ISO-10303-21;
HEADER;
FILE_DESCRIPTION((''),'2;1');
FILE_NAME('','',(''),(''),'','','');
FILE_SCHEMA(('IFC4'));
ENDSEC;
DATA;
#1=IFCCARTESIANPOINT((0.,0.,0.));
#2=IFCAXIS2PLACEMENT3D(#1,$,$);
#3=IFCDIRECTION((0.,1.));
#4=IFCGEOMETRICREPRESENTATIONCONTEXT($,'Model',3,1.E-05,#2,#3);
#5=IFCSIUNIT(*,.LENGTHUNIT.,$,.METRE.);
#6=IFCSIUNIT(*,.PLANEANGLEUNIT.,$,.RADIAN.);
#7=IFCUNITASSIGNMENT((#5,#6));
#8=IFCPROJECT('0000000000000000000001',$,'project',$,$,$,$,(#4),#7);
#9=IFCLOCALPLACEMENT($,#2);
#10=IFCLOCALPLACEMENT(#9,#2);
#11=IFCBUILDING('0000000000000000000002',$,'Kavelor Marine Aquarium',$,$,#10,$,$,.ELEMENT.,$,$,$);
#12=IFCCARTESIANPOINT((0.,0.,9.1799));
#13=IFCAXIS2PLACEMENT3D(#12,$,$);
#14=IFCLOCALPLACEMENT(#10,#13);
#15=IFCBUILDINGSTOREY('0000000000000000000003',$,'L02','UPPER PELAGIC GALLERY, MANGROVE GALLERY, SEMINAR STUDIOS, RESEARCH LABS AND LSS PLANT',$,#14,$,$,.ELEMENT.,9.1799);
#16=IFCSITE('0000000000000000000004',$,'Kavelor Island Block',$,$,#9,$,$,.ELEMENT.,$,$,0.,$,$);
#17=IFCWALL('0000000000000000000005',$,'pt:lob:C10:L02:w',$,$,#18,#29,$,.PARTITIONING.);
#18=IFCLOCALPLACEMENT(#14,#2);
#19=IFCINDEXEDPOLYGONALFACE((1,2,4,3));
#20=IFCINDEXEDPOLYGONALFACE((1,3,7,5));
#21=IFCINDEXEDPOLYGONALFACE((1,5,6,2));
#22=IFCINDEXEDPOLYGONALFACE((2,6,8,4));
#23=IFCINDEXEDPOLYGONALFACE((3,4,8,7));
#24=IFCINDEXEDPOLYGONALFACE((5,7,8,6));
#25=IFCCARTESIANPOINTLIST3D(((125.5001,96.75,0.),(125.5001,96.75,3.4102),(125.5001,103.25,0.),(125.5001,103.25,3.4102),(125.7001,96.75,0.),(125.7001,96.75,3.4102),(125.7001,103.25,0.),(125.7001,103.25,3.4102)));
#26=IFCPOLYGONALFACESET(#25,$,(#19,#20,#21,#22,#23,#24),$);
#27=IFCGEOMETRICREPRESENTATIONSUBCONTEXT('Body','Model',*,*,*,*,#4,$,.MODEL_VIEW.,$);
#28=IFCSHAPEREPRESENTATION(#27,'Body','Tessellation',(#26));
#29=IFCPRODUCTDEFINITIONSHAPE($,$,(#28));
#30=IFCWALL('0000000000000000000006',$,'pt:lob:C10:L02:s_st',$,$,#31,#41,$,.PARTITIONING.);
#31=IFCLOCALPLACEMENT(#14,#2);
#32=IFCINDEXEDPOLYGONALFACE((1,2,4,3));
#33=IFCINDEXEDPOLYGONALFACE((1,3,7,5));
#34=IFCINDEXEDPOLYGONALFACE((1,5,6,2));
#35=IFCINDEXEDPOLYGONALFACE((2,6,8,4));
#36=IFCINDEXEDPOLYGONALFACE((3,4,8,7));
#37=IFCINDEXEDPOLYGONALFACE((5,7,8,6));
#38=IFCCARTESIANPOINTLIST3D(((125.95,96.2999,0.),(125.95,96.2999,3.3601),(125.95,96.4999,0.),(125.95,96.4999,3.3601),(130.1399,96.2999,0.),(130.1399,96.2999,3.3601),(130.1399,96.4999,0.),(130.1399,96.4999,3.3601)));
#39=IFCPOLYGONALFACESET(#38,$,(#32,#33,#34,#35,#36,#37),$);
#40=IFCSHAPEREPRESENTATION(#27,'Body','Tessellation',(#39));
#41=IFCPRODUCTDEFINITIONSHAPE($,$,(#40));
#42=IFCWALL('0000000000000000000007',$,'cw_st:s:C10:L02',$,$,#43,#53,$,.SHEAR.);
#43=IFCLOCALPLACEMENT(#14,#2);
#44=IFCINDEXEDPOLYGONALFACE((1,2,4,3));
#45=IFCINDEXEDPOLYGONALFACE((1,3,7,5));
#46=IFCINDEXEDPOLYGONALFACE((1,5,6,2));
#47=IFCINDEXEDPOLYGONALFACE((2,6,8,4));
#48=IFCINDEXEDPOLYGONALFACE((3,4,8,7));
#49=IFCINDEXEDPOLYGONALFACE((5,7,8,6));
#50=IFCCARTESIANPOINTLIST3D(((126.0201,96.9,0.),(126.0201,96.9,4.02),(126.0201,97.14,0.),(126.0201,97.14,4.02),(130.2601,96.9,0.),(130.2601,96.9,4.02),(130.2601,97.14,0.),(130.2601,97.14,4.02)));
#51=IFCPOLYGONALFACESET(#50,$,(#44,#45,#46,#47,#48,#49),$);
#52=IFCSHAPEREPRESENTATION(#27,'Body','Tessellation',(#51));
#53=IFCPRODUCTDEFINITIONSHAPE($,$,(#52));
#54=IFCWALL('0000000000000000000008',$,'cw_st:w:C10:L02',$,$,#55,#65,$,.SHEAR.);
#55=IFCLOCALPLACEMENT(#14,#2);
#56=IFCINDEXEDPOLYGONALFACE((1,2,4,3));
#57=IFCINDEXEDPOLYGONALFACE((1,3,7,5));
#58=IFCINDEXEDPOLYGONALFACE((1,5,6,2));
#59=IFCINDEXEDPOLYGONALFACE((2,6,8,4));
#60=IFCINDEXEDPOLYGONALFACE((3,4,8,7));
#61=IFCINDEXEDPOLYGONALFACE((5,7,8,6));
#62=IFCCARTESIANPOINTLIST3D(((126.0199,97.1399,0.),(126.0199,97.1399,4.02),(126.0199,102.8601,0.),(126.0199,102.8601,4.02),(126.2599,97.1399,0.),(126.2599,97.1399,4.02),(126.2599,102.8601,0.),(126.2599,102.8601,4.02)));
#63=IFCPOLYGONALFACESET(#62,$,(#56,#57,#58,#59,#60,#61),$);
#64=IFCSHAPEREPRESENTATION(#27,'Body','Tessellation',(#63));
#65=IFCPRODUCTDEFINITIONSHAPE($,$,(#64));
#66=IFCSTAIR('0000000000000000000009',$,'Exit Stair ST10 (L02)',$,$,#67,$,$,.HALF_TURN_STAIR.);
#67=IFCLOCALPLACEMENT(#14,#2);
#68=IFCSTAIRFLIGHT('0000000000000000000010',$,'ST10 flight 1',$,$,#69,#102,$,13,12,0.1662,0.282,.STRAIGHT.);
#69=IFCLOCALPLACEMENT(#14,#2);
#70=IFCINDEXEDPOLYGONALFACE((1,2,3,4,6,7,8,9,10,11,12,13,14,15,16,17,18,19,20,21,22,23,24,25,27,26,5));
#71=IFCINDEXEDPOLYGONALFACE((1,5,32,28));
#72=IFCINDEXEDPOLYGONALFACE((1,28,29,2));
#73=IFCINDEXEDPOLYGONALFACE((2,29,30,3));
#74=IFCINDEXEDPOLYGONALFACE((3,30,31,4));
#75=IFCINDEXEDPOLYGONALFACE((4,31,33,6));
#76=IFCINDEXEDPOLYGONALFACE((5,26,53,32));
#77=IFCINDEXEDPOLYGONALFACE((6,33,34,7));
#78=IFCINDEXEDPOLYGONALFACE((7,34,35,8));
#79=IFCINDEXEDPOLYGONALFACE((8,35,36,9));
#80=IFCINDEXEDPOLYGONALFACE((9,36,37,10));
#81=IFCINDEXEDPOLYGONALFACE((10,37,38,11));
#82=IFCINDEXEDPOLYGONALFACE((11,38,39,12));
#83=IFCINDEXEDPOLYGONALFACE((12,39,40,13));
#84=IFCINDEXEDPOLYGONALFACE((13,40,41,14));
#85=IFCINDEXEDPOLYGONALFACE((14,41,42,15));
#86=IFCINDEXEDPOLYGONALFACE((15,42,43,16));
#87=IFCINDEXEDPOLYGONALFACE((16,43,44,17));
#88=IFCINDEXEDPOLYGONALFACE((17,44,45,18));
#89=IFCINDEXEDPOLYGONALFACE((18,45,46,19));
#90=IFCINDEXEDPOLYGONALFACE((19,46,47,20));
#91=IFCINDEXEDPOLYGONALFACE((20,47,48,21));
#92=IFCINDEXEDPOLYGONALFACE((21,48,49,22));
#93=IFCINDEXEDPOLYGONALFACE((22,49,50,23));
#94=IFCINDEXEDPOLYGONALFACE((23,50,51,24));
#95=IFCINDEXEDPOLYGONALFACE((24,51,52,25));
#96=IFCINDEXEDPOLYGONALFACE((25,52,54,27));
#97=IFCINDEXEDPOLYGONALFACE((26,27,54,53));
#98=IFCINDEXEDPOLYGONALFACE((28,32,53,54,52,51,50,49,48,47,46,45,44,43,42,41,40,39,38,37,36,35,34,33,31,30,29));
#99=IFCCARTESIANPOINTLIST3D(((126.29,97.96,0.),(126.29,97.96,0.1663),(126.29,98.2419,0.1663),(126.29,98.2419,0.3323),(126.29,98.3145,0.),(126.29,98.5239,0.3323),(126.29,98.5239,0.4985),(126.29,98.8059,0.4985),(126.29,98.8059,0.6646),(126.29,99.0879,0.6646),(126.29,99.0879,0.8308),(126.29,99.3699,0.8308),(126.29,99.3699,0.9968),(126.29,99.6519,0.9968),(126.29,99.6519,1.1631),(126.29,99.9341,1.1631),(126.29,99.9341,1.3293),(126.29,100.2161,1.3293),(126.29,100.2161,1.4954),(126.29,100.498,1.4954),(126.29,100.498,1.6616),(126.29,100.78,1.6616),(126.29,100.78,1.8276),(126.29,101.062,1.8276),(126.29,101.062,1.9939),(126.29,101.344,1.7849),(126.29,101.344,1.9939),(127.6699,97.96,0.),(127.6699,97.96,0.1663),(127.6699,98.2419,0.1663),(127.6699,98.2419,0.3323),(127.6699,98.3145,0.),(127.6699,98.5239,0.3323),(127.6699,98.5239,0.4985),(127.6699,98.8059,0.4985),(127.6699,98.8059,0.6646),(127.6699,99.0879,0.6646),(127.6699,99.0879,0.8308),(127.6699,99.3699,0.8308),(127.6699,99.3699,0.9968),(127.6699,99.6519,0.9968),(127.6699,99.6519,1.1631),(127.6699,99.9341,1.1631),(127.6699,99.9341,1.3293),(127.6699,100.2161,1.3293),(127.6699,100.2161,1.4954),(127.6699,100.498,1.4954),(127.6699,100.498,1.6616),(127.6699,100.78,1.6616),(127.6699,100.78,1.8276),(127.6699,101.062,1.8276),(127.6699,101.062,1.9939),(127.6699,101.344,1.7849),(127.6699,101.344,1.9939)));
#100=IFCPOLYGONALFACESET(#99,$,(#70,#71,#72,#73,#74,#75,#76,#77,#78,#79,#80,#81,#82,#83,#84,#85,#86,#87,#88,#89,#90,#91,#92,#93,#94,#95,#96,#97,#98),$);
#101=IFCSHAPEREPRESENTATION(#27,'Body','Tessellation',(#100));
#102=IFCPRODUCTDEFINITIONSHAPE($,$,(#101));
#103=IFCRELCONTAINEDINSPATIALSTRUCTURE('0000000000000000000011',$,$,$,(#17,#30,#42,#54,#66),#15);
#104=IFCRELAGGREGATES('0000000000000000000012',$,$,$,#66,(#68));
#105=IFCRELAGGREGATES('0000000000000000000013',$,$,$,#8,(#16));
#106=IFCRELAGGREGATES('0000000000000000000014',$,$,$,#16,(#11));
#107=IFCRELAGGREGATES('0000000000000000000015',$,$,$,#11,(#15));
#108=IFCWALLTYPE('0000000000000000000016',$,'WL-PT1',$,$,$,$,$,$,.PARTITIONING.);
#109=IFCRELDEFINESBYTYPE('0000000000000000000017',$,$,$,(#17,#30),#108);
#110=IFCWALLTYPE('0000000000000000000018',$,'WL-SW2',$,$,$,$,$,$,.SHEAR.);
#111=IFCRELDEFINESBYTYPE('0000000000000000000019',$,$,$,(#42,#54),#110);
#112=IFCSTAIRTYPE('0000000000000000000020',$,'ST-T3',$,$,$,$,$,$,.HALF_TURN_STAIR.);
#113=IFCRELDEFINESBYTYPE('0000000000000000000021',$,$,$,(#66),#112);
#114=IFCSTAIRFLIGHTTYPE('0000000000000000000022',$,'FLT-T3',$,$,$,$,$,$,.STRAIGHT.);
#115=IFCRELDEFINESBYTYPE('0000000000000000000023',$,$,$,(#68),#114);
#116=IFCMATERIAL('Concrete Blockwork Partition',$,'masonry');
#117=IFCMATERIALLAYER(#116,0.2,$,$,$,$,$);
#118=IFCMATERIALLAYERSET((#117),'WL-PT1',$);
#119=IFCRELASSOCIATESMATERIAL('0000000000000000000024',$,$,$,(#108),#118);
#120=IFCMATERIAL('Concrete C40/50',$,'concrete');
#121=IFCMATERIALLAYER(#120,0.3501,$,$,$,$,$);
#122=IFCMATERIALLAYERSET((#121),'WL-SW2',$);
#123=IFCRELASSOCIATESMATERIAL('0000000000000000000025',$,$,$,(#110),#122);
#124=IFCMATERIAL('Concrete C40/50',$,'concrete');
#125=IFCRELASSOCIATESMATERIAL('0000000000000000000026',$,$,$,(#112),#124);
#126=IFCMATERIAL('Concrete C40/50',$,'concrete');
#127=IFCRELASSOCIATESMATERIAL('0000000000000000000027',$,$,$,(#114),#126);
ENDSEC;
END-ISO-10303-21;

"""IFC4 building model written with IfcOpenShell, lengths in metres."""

from ifc_helpers import new_model, si_unit, direction, frame, frame_2d, origin, place, context, subcontext, project, spatial, polyline, rectangle, outline, extrude, material, layer, layer_set, type_object, element, aggregate, save


model = new_model("IFC4")

# Units and contexts
model_context = context("Model", 3, precision=1e-05, world=origin(), true_north=direction((0.0, 1.0)))
body_context = subcontext(model_context, "Body", "Model", "MODEL_VIEW")
ifc_project = project(units=[si_unit("LENGTHUNIT", "METRE"), si_unit("PLANEANGLEUNIT", "RADIAN")], contexts=[model_context])

# Site, building, storey
site_placement = place(None, origin())
site = spatial("IfcSite", under=ifc_project, at=site_placement, Name="Kavelor Island Block", CompositionType="ELEMENT", RefElevation=0.0)
building_placement = place(site_placement, origin())
building = spatial("IfcBuilding", under=site, at=building_placement, Name="Kavelor Marine Aquarium", CompositionType="ELEMENT")
storey_placement = place(building_placement, frame((0.0, 0.0, 9.1799)))
storey = spatial("IfcBuildingStorey", under=building, at=storey_placement, Name="L02", Description="UPPER PELAGIC GALLERY, MANGROVE GALLERY, SEMINAR STUDIOS, RESEARCH LABS AND LSS PLANT", CompositionType="ELEMENT", Elevation=9.1799)

# Walls
ifc_material_1 = material(Name="Concrete Blockwork Partition", Category="masonry")
ifc_layer_1 = layer(ifc_material_1, 0.2)
ifc_layer_set_1 = layer_set([ifc_layer_1], Name="WL-PT1")
wall_type_1 = type_object("IfcWallType", Name="WL-PT1", PredefinedType="PARTITIONING", material=ifc_layer_set_1)
wall_1_placement = place(storey_placement, frame((125.6001, 96.75, 0.0), z_axis=(0.0, 0.0, 1.0), x_axis=(0.0, 1.0, 0.0)))
element("IfcWall", 1, at=wall_1_placement, inside=storey, type_object=wall_type_1, Name="pt:lob:C10:L02:w", PredefinedType="PARTITIONING", context=body_context, shape_type="SweptSolid", body=[
    extrude(rectangle(XDim=6.5, YDim=0.2, at=frame_2d((3.25, 0.0))), origin(), (0.0, 0.0, 1.0), 3.4102),
])
wall_2_placement = place(storey_placement, frame((125.95, 96.3999, 0.0), z_axis=(0.0, 0.0, 1.0), x_axis=(1.0, 0.0, 0.0)))
element("IfcWall", 2, at=wall_2_placement, inside=storey, type_object=wall_type_1, Name="pt:lob:C10:L02:s_st", PredefinedType="PARTITIONING", context=body_context, shape_type="SweptSolid", body=[
    extrude(rectangle(XDim=4.1899, YDim=0.2, at=frame_2d((2.095, 0.0))), origin(), (0.0, 0.0, 1.0), 3.3601),
])

# Walls
ifc_material_2 = material(Name="Concrete C40/50", Category="concrete")
ifc_layer_2 = layer(ifc_material_2, 0.3501)
ifc_layer_set_2 = layer_set([ifc_layer_2], Name="WL-SW2")
wall_type_2 = type_object("IfcWallType", Name="WL-SW2", PredefinedType="SHEAR", material=ifc_layer_set_2)
wall_3_placement = place(storey_placement, frame((126.02, 97.02, 0.0), z_axis=(0.0, 0.0, 1.0), x_axis=(1.0, 0.0, 0.0)))
element("IfcWall", 3, at=wall_3_placement, inside=storey, type_object=wall_type_2, Name="cw_st:s:C10:L02", PredefinedType="SHEAR", context=body_context, shape_type="SweptSolid", body=[
    extrude(rectangle(XDim=4.24, YDim=0.24, at=frame_2d((2.1201, 0.0))), origin(), (0.0, 0.0, 1.0), 4.02),
])
wall_4_placement = place(storey_placement, frame((126.1399, 97.1399, 0.0), z_axis=(0.0, 0.0, 1.0), x_axis=(0.0, 1.0, 0.0)))
element("IfcWall", 4, at=wall_4_placement, inside=storey, type_object=wall_type_2, Name="cw_st:w:C10:L02", PredefinedType="SHEAR", context=body_context, shape_type="SweptSolid", body=[
    extrude(rectangle(XDim=5.7202, YDim=0.24, at=frame_2d((2.8601, 0.0))), origin(), (0.0, 0.0, 1.0), 4.02),
])

# Stair, stair flight
ifc_material_3 = material(Name="Concrete C40/50", Category="concrete")
stair_type = type_object("IfcStairType", Name="ST-T3", PredefinedType="HALF_TURN_STAIR", material=ifc_material_3)
stair_placement = place(storey_placement, origin())
stair = element("IfcStair", 5, at=stair_placement, inside=storey, type_object=stair_type, Name="Exit Stair ST10 (L02)", PredefinedType="HALF_TURN_STAIR")
ifc_material_4 = material(Name="Concrete C40/50", Category="concrete")
stair_flight_type = type_object("IfcStairFlightType", Name="FLT-T3", PredefinedType="STRAIGHT", material=ifc_material_4)
stair_flight_placement = place(storey_placement, frame((126.98, 97.96, 0.0), z_axis=(0.0, 0.0, 1.0), x_axis=(0.0, 1.0, 0.0)))
stair_flight = element("IfcStairFlight", 6, at=stair_flight_placement, type_object=stair_flight_type, Name="ST10 flight 1", NumberOfRisers=13, NumberOfTreads=12, PredefinedType="STRAIGHT", RiserHeight=0.1662, TreadLength=0.282, context=body_context, shape_type="SweptSolid", body=[
    extrude(outline(polyline([(0.0, 0.0), (0.0, 0.1663), (0.282, 0.1663), (0.282, 0.3323), (0.564, 0.3323), (0.564, 0.4985), (0.8459, 0.4985), (0.8459, 0.6646), (1.1279, 0.6646), (1.1279, 0.8308), (1.4099, 0.8308), (1.4099, 0.9968), (1.6919, 0.9968), (1.6919, 1.1631), (1.9741, 1.1631), (1.9741, 1.3293), (2.2561, 1.3293), (2.2561, 1.4954), (2.5381, 1.4954), (2.5381, 1.6616), (2.8201, 1.6616), (2.8201, 1.8276), (3.1021, 1.8276), (3.1021, 1.9939), (3.384, 1.9939), (3.384, 2.1599), (3.384, 1.7849), (0.3545, 0.0), (0.0, 0.0)])), frame((0.0, 0.6899, 0.0), z_axis=(0.0, -1.0, 0.0), x_axis=(1.0, 0.0, 0.0)), (0.0, 0.0, 1.0), 1.3799),
])
aggregate(stair, [stair_flight])

save(model, "model.ifc")
